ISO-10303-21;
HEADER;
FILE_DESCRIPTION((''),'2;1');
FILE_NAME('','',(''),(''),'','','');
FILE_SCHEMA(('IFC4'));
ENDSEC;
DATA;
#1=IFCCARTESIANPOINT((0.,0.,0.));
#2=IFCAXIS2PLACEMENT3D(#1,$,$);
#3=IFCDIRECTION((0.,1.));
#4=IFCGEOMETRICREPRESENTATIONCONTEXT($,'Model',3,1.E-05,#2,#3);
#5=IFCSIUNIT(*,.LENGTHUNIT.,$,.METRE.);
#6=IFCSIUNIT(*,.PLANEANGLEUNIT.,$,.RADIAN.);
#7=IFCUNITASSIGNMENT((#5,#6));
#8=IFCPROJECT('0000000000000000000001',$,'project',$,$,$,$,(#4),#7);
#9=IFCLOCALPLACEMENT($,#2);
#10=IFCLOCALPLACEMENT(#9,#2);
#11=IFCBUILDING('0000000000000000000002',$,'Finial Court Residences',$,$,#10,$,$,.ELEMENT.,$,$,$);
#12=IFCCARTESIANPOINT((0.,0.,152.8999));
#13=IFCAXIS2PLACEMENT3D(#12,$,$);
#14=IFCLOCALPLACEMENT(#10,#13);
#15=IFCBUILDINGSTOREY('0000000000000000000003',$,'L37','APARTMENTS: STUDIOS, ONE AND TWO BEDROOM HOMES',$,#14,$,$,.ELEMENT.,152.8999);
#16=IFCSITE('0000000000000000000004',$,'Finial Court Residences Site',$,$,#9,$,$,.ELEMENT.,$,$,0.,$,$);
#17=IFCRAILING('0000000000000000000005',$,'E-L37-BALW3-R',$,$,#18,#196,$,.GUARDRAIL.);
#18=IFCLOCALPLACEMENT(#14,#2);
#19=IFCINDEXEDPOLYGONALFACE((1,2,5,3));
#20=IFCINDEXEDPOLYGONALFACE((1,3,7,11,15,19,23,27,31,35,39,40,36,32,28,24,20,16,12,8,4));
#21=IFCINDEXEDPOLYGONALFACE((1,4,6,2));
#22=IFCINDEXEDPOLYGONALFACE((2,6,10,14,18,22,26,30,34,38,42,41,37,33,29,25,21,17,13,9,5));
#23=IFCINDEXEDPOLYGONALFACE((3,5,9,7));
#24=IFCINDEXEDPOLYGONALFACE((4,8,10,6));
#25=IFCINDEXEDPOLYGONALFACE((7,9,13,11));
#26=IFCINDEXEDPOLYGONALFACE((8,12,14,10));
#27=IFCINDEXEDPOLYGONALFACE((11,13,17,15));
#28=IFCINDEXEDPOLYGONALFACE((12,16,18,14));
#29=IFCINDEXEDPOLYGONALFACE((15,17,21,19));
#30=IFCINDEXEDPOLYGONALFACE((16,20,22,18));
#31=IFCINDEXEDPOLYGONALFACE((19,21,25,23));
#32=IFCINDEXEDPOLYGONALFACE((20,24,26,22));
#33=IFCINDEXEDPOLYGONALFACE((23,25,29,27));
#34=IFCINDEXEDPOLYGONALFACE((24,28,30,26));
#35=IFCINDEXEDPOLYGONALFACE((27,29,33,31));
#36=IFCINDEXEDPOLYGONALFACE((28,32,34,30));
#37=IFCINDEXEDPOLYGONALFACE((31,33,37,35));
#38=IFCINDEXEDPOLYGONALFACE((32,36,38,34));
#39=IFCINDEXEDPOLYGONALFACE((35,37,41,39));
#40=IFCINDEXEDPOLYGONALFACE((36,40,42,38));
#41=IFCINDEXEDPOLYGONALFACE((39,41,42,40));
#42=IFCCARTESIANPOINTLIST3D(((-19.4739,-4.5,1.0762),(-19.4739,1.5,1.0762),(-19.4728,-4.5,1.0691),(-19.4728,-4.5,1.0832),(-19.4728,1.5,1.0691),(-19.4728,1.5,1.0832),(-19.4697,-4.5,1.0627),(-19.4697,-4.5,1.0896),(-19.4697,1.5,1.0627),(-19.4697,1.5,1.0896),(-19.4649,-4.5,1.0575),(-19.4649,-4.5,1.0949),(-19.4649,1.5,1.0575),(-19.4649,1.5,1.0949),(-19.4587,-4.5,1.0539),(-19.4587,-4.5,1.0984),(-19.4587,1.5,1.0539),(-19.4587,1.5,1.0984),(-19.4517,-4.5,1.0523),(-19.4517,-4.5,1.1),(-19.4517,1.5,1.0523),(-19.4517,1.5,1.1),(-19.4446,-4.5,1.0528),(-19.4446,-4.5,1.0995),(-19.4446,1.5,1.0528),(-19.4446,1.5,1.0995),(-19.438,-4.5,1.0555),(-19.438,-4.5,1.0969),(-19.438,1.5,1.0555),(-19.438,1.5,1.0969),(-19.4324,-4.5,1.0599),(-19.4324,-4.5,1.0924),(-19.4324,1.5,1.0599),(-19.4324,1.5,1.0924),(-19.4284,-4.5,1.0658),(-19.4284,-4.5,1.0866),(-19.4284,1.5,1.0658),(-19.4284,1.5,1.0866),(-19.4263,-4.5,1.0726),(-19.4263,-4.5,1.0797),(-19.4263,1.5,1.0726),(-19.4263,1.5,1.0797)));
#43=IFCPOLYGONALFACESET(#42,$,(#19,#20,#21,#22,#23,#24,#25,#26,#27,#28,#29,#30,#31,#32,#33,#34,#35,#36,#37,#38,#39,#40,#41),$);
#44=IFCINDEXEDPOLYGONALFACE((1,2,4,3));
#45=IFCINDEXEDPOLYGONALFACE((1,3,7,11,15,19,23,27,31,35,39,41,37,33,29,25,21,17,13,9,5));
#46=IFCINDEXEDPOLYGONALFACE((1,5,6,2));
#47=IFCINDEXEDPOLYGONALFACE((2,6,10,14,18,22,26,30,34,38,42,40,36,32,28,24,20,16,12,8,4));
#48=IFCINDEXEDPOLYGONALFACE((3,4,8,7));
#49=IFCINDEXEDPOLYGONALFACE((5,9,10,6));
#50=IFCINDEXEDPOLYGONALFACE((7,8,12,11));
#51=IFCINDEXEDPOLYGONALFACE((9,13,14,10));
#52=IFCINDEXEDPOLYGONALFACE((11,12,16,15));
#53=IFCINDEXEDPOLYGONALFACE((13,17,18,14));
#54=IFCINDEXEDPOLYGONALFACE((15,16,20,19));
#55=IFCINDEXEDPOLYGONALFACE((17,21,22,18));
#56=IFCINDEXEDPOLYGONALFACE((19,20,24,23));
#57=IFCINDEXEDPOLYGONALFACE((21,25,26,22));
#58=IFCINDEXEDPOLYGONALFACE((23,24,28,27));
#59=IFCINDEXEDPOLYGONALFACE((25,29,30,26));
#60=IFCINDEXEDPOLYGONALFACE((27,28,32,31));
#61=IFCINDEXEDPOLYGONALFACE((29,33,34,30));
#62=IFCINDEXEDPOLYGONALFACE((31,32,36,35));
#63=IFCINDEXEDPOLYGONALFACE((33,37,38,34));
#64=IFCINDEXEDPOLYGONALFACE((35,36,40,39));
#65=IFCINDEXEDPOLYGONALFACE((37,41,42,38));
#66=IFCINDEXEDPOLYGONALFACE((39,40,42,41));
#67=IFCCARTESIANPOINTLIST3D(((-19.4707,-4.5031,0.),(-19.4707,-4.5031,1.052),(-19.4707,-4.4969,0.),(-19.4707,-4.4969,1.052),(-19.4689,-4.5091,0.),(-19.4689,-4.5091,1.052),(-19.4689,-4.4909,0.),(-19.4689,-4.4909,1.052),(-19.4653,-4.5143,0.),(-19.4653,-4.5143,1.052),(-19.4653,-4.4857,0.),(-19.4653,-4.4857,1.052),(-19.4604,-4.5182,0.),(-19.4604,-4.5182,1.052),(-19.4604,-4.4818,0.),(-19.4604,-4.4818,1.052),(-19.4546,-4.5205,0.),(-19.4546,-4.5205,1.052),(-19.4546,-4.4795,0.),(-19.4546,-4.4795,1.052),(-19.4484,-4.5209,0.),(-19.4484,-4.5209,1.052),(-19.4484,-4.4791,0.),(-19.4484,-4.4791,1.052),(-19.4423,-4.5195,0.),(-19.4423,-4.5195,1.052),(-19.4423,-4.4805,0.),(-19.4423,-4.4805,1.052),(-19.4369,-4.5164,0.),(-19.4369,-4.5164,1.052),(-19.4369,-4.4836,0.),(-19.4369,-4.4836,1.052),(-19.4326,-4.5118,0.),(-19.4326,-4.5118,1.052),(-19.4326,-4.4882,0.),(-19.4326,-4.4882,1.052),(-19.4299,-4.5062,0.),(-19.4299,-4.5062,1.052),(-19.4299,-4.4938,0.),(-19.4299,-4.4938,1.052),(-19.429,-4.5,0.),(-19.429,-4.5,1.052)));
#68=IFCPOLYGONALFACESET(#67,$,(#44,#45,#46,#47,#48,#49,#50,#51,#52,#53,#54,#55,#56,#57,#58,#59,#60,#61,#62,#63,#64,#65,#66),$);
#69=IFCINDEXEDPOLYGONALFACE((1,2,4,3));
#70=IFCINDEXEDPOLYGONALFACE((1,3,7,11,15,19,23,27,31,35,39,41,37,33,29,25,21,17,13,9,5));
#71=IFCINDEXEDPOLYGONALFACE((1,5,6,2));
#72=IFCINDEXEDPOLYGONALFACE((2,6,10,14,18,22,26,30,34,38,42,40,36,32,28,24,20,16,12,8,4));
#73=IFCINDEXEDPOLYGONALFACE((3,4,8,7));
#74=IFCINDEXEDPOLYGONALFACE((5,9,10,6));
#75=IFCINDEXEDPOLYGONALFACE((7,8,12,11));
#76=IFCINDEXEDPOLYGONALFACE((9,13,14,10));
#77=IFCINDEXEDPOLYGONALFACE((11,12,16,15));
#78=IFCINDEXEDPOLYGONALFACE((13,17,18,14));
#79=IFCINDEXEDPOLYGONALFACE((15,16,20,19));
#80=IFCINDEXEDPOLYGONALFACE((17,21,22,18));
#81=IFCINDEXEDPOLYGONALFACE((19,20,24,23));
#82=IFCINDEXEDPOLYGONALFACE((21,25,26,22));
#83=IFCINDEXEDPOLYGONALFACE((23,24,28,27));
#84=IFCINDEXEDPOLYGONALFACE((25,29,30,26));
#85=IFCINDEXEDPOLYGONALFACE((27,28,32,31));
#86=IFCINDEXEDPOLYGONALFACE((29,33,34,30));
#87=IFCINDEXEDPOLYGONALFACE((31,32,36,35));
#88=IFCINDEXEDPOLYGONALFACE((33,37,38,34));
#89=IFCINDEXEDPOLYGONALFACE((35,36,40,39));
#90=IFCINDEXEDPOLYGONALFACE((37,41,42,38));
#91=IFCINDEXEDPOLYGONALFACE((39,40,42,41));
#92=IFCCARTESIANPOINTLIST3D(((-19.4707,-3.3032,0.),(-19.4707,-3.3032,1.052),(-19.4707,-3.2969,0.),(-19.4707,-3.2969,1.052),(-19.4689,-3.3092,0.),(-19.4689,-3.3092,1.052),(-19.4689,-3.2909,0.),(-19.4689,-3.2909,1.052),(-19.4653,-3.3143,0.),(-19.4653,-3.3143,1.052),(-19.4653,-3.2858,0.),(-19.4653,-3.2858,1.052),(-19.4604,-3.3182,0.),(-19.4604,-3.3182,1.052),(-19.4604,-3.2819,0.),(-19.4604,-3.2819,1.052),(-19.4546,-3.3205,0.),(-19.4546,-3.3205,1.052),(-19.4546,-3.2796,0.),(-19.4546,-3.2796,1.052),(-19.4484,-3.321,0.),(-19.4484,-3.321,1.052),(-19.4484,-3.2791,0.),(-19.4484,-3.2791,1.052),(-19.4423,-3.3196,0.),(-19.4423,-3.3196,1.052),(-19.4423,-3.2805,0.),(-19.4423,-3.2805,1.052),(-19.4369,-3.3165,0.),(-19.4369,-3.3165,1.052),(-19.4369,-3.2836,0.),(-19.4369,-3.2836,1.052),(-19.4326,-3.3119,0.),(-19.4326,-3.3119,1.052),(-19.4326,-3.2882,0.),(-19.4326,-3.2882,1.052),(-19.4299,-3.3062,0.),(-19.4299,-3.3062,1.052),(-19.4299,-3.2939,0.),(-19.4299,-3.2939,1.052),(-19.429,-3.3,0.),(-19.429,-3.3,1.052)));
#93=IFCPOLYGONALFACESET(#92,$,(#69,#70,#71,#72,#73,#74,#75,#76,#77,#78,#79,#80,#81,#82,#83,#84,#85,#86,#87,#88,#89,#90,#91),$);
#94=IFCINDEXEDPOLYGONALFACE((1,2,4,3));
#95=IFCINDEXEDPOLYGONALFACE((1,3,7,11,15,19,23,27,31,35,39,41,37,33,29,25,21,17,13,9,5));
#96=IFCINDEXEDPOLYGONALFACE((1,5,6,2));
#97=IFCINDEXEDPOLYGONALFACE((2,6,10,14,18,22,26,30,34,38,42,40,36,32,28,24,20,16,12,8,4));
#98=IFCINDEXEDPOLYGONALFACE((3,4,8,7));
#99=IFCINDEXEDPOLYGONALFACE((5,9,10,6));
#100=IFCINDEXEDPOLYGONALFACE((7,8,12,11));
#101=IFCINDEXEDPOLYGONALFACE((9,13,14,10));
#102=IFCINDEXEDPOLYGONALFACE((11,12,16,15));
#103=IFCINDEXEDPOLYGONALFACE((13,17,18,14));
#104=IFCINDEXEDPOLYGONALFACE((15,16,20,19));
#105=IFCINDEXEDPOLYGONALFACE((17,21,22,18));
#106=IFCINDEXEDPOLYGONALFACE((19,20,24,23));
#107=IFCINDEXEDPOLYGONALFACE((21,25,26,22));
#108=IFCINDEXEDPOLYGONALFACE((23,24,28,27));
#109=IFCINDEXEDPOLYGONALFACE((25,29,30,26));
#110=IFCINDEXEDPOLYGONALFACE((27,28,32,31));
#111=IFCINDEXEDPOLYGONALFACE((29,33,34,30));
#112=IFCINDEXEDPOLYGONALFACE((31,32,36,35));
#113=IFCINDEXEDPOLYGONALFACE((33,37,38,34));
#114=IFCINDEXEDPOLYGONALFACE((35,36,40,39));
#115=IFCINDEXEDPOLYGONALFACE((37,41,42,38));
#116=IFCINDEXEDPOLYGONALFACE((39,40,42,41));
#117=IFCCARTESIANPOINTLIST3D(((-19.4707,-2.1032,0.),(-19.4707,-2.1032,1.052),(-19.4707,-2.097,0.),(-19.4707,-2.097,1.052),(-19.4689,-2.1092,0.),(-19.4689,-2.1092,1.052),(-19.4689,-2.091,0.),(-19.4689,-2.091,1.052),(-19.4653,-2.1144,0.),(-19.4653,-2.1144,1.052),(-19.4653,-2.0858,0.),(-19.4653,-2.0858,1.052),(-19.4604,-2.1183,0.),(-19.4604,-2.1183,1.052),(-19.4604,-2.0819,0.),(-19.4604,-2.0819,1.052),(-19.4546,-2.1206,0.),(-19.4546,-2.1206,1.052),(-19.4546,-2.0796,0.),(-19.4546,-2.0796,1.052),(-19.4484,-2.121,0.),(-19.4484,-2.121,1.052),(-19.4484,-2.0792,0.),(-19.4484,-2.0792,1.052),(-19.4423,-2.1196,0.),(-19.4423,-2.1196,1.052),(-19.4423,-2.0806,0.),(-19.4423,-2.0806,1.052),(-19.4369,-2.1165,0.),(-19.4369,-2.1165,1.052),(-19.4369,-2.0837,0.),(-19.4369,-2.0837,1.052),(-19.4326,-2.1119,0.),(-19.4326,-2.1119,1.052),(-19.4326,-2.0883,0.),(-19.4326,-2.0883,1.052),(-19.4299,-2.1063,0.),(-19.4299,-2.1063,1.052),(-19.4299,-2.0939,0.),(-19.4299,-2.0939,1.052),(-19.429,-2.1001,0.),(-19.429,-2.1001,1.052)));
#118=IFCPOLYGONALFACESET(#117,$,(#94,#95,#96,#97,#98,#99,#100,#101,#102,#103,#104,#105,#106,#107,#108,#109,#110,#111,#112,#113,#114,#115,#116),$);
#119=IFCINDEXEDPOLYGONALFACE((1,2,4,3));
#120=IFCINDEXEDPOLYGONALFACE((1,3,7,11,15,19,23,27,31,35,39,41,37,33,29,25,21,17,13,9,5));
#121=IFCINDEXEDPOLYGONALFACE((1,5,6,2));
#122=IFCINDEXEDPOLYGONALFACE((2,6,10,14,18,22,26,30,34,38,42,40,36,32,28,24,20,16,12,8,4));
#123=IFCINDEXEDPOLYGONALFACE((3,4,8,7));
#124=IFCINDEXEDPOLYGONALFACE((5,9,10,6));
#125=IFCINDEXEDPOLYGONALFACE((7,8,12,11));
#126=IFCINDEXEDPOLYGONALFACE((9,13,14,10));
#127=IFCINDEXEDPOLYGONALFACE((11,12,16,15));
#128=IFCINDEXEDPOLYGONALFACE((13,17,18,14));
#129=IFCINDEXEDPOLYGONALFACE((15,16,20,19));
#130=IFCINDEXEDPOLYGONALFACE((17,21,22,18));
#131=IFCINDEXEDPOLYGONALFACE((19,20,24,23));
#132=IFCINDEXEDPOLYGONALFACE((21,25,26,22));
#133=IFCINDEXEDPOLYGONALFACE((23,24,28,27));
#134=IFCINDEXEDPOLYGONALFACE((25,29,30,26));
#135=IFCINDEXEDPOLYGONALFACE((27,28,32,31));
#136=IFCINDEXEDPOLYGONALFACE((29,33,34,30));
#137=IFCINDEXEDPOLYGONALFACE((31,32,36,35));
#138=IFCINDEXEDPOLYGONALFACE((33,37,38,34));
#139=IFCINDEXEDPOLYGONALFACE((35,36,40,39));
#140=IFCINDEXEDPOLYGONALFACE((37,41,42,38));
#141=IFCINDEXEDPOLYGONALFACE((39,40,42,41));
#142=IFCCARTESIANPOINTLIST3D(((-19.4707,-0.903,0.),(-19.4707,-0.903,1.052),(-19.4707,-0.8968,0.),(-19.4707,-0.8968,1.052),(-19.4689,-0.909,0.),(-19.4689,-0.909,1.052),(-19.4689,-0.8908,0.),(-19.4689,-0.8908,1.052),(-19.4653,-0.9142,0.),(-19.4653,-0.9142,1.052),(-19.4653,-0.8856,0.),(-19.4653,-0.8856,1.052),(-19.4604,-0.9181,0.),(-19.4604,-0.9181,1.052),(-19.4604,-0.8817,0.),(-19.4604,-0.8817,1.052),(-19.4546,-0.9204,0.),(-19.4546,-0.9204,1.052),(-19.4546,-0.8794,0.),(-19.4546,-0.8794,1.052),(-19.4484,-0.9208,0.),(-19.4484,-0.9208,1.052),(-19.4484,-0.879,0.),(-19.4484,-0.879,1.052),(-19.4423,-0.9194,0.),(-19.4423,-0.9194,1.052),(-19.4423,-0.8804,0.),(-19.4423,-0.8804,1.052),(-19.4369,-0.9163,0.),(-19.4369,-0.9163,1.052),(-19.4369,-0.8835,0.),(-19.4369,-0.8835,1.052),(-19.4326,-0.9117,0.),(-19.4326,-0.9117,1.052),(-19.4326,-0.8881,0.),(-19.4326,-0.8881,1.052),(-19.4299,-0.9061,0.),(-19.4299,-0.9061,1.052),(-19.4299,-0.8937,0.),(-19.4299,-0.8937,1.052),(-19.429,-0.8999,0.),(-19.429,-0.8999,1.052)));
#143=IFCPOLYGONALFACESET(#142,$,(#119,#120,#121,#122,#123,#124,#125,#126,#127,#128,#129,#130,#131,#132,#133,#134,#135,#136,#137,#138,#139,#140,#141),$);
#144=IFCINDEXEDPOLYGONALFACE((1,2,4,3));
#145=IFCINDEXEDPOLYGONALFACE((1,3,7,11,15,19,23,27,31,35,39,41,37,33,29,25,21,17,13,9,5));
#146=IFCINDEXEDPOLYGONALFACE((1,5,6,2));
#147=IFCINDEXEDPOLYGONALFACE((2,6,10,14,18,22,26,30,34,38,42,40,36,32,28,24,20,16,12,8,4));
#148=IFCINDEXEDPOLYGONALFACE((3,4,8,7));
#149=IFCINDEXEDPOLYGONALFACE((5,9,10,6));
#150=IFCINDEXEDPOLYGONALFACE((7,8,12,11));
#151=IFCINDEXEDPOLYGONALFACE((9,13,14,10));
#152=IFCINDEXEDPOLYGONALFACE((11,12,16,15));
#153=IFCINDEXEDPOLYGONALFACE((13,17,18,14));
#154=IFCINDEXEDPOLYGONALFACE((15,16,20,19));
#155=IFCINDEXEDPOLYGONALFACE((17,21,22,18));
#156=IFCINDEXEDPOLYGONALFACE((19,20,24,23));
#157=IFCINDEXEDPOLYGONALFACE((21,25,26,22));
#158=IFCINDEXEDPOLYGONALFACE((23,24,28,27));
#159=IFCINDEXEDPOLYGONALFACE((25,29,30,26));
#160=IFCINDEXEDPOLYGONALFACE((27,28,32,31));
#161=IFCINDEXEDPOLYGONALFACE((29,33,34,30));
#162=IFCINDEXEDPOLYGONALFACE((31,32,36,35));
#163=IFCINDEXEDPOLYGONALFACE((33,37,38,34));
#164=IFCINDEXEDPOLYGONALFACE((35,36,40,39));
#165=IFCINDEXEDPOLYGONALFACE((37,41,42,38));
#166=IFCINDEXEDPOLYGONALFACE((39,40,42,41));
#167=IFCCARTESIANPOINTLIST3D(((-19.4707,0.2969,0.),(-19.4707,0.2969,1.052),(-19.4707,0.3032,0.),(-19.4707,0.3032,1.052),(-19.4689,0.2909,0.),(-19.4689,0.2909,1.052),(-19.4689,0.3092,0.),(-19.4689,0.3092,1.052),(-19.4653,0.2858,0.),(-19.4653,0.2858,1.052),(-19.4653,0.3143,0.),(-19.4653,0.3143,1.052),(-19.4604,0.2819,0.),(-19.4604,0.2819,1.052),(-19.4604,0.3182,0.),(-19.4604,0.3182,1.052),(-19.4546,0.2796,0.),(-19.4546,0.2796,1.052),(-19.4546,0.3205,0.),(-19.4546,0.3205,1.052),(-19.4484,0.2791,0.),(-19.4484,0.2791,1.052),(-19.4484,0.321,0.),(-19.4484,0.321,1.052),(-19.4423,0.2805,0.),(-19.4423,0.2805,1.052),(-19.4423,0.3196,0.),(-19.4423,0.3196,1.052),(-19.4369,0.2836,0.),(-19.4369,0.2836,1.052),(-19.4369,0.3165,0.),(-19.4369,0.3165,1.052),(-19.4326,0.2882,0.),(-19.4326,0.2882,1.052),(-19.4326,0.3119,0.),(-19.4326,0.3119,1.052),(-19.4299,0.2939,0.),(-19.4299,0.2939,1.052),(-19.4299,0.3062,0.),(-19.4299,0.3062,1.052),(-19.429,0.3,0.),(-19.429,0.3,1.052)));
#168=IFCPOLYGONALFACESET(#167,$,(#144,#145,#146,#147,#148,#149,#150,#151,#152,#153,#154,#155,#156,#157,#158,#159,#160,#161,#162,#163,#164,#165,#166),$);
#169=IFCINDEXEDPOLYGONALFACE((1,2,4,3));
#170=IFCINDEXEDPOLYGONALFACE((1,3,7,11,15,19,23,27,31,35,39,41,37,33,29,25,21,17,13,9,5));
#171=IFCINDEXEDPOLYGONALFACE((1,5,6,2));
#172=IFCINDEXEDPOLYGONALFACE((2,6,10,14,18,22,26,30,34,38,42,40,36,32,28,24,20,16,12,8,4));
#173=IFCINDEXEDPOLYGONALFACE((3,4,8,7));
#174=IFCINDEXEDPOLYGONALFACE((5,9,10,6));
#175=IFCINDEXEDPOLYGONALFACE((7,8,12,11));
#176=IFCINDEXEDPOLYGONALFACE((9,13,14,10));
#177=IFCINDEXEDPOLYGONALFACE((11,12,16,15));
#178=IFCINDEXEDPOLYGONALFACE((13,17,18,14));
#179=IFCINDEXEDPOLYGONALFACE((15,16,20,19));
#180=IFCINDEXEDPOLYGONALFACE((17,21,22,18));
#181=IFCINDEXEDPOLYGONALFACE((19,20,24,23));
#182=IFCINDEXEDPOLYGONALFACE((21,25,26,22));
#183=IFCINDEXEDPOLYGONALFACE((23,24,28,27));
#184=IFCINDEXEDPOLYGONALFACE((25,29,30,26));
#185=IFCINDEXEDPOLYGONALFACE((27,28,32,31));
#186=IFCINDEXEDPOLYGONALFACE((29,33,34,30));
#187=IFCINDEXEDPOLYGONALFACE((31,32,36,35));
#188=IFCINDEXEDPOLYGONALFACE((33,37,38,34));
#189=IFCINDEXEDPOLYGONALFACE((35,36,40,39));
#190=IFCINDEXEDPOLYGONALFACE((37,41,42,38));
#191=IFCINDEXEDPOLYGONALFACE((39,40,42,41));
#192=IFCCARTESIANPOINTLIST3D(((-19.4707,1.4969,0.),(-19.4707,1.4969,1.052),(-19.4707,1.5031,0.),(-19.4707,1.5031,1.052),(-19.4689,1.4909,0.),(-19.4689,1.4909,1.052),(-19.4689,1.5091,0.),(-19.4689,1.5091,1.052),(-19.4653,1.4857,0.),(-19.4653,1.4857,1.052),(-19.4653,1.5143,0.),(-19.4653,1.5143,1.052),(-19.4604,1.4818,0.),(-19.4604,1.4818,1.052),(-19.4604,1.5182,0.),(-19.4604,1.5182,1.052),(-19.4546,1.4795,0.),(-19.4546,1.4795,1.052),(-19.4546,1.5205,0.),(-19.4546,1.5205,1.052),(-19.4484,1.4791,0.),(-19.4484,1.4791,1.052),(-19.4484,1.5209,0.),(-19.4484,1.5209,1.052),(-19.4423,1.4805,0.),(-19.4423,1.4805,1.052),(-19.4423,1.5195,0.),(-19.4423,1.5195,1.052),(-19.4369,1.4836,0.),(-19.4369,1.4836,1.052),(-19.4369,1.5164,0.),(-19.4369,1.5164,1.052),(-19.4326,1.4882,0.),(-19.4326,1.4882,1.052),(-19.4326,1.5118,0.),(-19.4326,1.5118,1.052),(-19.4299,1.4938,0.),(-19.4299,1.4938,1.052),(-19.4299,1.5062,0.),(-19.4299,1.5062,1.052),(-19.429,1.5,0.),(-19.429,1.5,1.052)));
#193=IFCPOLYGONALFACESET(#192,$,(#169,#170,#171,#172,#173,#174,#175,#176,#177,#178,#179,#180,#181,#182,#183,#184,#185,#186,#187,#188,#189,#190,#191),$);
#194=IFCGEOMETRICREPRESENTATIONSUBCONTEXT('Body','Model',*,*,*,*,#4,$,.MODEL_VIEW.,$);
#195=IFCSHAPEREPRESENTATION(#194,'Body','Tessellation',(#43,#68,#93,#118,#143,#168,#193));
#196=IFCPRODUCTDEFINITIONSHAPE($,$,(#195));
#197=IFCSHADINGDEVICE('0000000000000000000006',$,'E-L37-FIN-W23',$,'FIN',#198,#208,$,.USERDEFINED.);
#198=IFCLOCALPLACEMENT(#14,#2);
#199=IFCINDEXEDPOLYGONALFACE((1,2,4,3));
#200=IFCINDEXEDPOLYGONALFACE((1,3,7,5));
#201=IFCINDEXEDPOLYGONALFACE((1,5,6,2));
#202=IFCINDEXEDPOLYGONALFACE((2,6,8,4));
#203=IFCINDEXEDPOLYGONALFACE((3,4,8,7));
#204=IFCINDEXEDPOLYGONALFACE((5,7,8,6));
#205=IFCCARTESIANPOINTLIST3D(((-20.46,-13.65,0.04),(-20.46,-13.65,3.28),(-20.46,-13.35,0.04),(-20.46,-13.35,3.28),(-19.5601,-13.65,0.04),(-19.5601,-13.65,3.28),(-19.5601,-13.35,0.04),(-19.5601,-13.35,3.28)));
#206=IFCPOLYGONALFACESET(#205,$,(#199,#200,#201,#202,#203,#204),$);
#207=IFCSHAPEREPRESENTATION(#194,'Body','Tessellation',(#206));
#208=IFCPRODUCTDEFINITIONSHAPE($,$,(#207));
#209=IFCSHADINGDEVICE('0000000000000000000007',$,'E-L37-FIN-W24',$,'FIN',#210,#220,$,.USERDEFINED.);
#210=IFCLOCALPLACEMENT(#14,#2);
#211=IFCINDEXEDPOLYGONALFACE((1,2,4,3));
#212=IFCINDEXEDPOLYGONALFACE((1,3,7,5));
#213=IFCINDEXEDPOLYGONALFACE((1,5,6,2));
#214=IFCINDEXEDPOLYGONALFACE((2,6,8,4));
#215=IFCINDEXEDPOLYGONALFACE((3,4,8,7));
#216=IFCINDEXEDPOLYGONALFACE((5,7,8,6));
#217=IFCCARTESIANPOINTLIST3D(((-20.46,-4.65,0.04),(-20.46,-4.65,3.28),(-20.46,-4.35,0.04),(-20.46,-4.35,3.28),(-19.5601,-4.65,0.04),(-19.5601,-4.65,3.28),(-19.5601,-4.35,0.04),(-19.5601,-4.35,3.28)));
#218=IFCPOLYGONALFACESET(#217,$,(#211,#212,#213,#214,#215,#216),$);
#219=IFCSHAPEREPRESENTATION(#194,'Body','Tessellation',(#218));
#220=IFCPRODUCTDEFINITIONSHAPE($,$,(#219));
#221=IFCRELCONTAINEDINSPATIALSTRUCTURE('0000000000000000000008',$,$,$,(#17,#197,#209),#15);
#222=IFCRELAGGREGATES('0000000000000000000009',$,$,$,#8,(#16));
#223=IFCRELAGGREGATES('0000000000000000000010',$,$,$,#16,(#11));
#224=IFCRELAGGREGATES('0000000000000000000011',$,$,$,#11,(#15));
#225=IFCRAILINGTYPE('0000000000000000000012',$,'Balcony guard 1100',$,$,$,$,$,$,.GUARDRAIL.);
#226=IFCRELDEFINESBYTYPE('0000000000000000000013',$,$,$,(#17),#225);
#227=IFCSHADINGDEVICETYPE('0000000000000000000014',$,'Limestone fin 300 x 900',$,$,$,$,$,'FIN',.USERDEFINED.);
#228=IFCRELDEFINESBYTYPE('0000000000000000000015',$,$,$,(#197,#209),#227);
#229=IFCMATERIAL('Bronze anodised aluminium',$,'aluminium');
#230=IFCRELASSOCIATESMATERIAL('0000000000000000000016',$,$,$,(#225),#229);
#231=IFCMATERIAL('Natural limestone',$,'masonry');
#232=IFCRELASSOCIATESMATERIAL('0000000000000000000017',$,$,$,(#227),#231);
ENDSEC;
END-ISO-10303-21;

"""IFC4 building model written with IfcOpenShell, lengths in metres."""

from ifc_helpers import new_model, si_unit, direction, frame, origin, origin_2d, place, context, subcontext, project, spatial, rectangle, circle, extrude, material, type_object, element, save


model = new_model("IFC4")

# Units and contexts
model_context = context("Model", 3, precision=1e-05, world=origin(), true_north=direction((0.0, 1.0)))
body_context = subcontext(model_context, "Body", "Model", "MODEL_VIEW")
ifc_project = project(units=[si_unit("LENGTHUNIT", "METRE"), si_unit("PLANEANGLEUNIT", "RADIAN")], contexts=[model_context])

# Site, building, storey
site_placement = place(None, origin())
site = spatial("IfcSite", under=ifc_project, at=site_placement, Name="Finial Court Residences Site", CompositionType="ELEMENT", RefElevation=0.0)
building_placement = place(site_placement, origin())
building = spatial("IfcBuilding", under=site, at=building_placement, Name="Finial Court Residences", CompositionType="ELEMENT")
storey_placement = place(building_placement, frame((0.0, 0.0, 152.8999)))
storey = spatial("IfcBuildingStorey", under=building, at=storey_placement, Name="L37", Description="APARTMENTS: STUDIOS, ONE AND TWO BEDROOM HOMES", CompositionType="ELEMENT", Elevation=152.8999)

# Shared definitions
ifc_material_1 = material(Name="Bronze anodised aluminium", Category="aluminium")

# Shared definitions
ifc_material_2 = material(Name="Natural limestone", Category="masonry")

# Railing
railing_type = type_object("IfcRailingType", Name="Balcony guard 1100", PredefinedType="GUARDRAIL", material=ifc_material_1)
railing_placement = place(storey_placement, frame((-19.45, -4.5, 0.0)))
element("IfcRailing", 1, at=railing_placement, inside=storey, type_object=railing_type, Name="E-L37-BALW3-R", PredefinedType="GUARDRAIL", context=body_context, shape_type="SweptSolid", body=[
    extrude(circle(Radius=0.0239, at=origin_2d()), frame((0.0, 0.0, 1.0762), z_axis=(0.0, 1.0, 0.0), x_axis=(-1.0, 0.0, 0.0)), (0.0, 0.0, 1.0), 6.0),
    extrude(circle(Radius=0.021, at=origin_2d()), origin(), (0.0, 0.0, 1.0), 1.052),
    extrude(circle(Radius=0.021, at=origin_2d()), frame((0.0, 1.2, 0.0)), (0.0, 0.0, 1.0), 1.052),
    extrude(circle(Radius=0.021, at=origin_2d()), frame((0.0, 2.3999, 0.0)), (0.0, 0.0, 1.0), 1.052),
    extrude(circle(Radius=0.021, at=origin_2d()), frame((0.0, 3.6001, 0.0)), (0.0, 0.0, 1.0), 1.052),
    extrude(circle(Radius=0.021, at=origin_2d()), frame((0.0, 4.8, 0.0)), (0.0, 0.0, 1.0), 1.052),
    extrude(circle(Radius=0.021, at=origin_2d()), frame((0.0, 6.0, 0.0)), (0.0, 0.0, 1.0), 1.052),
])

# Shading devices
shading_device_type = type_object("IfcShadingDeviceType", Name="Limestone fin 300 x 900", ElementType="FIN", PredefinedType="USERDEFINED", material=ifc_material_2)
for number, where, z_axis, x_axis, name in (
    (2, (-20.01, -13.5, 0.04), (0.0, 0.0, 1.0), (1.0, 0.0, 0.0), "E-L37-FIN-W23"),
    (3, (-20.01, -4.5, 0.04), (0.0, 0.0, 1.0), (1.0, 0.0, 0.0), "E-L37-FIN-W24"),
):
    element("IfcShadingDevice", number, at=place(storey_placement, frame(where, z_axis=z_axis, x_axis=x_axis)), inside=storey, type_object=shading_device_type, Name=name, ObjectType="FIN", PredefinedType="USERDEFINED", context=body_context, shape_type="SweptSolid", body=[
        extrude(rectangle(XDim=0.8999, YDim=0.3, at=origin_2d()), origin(), (0.0, 0.0, 1.0), 3.24),
    ])

save(model, "model.ifc")
